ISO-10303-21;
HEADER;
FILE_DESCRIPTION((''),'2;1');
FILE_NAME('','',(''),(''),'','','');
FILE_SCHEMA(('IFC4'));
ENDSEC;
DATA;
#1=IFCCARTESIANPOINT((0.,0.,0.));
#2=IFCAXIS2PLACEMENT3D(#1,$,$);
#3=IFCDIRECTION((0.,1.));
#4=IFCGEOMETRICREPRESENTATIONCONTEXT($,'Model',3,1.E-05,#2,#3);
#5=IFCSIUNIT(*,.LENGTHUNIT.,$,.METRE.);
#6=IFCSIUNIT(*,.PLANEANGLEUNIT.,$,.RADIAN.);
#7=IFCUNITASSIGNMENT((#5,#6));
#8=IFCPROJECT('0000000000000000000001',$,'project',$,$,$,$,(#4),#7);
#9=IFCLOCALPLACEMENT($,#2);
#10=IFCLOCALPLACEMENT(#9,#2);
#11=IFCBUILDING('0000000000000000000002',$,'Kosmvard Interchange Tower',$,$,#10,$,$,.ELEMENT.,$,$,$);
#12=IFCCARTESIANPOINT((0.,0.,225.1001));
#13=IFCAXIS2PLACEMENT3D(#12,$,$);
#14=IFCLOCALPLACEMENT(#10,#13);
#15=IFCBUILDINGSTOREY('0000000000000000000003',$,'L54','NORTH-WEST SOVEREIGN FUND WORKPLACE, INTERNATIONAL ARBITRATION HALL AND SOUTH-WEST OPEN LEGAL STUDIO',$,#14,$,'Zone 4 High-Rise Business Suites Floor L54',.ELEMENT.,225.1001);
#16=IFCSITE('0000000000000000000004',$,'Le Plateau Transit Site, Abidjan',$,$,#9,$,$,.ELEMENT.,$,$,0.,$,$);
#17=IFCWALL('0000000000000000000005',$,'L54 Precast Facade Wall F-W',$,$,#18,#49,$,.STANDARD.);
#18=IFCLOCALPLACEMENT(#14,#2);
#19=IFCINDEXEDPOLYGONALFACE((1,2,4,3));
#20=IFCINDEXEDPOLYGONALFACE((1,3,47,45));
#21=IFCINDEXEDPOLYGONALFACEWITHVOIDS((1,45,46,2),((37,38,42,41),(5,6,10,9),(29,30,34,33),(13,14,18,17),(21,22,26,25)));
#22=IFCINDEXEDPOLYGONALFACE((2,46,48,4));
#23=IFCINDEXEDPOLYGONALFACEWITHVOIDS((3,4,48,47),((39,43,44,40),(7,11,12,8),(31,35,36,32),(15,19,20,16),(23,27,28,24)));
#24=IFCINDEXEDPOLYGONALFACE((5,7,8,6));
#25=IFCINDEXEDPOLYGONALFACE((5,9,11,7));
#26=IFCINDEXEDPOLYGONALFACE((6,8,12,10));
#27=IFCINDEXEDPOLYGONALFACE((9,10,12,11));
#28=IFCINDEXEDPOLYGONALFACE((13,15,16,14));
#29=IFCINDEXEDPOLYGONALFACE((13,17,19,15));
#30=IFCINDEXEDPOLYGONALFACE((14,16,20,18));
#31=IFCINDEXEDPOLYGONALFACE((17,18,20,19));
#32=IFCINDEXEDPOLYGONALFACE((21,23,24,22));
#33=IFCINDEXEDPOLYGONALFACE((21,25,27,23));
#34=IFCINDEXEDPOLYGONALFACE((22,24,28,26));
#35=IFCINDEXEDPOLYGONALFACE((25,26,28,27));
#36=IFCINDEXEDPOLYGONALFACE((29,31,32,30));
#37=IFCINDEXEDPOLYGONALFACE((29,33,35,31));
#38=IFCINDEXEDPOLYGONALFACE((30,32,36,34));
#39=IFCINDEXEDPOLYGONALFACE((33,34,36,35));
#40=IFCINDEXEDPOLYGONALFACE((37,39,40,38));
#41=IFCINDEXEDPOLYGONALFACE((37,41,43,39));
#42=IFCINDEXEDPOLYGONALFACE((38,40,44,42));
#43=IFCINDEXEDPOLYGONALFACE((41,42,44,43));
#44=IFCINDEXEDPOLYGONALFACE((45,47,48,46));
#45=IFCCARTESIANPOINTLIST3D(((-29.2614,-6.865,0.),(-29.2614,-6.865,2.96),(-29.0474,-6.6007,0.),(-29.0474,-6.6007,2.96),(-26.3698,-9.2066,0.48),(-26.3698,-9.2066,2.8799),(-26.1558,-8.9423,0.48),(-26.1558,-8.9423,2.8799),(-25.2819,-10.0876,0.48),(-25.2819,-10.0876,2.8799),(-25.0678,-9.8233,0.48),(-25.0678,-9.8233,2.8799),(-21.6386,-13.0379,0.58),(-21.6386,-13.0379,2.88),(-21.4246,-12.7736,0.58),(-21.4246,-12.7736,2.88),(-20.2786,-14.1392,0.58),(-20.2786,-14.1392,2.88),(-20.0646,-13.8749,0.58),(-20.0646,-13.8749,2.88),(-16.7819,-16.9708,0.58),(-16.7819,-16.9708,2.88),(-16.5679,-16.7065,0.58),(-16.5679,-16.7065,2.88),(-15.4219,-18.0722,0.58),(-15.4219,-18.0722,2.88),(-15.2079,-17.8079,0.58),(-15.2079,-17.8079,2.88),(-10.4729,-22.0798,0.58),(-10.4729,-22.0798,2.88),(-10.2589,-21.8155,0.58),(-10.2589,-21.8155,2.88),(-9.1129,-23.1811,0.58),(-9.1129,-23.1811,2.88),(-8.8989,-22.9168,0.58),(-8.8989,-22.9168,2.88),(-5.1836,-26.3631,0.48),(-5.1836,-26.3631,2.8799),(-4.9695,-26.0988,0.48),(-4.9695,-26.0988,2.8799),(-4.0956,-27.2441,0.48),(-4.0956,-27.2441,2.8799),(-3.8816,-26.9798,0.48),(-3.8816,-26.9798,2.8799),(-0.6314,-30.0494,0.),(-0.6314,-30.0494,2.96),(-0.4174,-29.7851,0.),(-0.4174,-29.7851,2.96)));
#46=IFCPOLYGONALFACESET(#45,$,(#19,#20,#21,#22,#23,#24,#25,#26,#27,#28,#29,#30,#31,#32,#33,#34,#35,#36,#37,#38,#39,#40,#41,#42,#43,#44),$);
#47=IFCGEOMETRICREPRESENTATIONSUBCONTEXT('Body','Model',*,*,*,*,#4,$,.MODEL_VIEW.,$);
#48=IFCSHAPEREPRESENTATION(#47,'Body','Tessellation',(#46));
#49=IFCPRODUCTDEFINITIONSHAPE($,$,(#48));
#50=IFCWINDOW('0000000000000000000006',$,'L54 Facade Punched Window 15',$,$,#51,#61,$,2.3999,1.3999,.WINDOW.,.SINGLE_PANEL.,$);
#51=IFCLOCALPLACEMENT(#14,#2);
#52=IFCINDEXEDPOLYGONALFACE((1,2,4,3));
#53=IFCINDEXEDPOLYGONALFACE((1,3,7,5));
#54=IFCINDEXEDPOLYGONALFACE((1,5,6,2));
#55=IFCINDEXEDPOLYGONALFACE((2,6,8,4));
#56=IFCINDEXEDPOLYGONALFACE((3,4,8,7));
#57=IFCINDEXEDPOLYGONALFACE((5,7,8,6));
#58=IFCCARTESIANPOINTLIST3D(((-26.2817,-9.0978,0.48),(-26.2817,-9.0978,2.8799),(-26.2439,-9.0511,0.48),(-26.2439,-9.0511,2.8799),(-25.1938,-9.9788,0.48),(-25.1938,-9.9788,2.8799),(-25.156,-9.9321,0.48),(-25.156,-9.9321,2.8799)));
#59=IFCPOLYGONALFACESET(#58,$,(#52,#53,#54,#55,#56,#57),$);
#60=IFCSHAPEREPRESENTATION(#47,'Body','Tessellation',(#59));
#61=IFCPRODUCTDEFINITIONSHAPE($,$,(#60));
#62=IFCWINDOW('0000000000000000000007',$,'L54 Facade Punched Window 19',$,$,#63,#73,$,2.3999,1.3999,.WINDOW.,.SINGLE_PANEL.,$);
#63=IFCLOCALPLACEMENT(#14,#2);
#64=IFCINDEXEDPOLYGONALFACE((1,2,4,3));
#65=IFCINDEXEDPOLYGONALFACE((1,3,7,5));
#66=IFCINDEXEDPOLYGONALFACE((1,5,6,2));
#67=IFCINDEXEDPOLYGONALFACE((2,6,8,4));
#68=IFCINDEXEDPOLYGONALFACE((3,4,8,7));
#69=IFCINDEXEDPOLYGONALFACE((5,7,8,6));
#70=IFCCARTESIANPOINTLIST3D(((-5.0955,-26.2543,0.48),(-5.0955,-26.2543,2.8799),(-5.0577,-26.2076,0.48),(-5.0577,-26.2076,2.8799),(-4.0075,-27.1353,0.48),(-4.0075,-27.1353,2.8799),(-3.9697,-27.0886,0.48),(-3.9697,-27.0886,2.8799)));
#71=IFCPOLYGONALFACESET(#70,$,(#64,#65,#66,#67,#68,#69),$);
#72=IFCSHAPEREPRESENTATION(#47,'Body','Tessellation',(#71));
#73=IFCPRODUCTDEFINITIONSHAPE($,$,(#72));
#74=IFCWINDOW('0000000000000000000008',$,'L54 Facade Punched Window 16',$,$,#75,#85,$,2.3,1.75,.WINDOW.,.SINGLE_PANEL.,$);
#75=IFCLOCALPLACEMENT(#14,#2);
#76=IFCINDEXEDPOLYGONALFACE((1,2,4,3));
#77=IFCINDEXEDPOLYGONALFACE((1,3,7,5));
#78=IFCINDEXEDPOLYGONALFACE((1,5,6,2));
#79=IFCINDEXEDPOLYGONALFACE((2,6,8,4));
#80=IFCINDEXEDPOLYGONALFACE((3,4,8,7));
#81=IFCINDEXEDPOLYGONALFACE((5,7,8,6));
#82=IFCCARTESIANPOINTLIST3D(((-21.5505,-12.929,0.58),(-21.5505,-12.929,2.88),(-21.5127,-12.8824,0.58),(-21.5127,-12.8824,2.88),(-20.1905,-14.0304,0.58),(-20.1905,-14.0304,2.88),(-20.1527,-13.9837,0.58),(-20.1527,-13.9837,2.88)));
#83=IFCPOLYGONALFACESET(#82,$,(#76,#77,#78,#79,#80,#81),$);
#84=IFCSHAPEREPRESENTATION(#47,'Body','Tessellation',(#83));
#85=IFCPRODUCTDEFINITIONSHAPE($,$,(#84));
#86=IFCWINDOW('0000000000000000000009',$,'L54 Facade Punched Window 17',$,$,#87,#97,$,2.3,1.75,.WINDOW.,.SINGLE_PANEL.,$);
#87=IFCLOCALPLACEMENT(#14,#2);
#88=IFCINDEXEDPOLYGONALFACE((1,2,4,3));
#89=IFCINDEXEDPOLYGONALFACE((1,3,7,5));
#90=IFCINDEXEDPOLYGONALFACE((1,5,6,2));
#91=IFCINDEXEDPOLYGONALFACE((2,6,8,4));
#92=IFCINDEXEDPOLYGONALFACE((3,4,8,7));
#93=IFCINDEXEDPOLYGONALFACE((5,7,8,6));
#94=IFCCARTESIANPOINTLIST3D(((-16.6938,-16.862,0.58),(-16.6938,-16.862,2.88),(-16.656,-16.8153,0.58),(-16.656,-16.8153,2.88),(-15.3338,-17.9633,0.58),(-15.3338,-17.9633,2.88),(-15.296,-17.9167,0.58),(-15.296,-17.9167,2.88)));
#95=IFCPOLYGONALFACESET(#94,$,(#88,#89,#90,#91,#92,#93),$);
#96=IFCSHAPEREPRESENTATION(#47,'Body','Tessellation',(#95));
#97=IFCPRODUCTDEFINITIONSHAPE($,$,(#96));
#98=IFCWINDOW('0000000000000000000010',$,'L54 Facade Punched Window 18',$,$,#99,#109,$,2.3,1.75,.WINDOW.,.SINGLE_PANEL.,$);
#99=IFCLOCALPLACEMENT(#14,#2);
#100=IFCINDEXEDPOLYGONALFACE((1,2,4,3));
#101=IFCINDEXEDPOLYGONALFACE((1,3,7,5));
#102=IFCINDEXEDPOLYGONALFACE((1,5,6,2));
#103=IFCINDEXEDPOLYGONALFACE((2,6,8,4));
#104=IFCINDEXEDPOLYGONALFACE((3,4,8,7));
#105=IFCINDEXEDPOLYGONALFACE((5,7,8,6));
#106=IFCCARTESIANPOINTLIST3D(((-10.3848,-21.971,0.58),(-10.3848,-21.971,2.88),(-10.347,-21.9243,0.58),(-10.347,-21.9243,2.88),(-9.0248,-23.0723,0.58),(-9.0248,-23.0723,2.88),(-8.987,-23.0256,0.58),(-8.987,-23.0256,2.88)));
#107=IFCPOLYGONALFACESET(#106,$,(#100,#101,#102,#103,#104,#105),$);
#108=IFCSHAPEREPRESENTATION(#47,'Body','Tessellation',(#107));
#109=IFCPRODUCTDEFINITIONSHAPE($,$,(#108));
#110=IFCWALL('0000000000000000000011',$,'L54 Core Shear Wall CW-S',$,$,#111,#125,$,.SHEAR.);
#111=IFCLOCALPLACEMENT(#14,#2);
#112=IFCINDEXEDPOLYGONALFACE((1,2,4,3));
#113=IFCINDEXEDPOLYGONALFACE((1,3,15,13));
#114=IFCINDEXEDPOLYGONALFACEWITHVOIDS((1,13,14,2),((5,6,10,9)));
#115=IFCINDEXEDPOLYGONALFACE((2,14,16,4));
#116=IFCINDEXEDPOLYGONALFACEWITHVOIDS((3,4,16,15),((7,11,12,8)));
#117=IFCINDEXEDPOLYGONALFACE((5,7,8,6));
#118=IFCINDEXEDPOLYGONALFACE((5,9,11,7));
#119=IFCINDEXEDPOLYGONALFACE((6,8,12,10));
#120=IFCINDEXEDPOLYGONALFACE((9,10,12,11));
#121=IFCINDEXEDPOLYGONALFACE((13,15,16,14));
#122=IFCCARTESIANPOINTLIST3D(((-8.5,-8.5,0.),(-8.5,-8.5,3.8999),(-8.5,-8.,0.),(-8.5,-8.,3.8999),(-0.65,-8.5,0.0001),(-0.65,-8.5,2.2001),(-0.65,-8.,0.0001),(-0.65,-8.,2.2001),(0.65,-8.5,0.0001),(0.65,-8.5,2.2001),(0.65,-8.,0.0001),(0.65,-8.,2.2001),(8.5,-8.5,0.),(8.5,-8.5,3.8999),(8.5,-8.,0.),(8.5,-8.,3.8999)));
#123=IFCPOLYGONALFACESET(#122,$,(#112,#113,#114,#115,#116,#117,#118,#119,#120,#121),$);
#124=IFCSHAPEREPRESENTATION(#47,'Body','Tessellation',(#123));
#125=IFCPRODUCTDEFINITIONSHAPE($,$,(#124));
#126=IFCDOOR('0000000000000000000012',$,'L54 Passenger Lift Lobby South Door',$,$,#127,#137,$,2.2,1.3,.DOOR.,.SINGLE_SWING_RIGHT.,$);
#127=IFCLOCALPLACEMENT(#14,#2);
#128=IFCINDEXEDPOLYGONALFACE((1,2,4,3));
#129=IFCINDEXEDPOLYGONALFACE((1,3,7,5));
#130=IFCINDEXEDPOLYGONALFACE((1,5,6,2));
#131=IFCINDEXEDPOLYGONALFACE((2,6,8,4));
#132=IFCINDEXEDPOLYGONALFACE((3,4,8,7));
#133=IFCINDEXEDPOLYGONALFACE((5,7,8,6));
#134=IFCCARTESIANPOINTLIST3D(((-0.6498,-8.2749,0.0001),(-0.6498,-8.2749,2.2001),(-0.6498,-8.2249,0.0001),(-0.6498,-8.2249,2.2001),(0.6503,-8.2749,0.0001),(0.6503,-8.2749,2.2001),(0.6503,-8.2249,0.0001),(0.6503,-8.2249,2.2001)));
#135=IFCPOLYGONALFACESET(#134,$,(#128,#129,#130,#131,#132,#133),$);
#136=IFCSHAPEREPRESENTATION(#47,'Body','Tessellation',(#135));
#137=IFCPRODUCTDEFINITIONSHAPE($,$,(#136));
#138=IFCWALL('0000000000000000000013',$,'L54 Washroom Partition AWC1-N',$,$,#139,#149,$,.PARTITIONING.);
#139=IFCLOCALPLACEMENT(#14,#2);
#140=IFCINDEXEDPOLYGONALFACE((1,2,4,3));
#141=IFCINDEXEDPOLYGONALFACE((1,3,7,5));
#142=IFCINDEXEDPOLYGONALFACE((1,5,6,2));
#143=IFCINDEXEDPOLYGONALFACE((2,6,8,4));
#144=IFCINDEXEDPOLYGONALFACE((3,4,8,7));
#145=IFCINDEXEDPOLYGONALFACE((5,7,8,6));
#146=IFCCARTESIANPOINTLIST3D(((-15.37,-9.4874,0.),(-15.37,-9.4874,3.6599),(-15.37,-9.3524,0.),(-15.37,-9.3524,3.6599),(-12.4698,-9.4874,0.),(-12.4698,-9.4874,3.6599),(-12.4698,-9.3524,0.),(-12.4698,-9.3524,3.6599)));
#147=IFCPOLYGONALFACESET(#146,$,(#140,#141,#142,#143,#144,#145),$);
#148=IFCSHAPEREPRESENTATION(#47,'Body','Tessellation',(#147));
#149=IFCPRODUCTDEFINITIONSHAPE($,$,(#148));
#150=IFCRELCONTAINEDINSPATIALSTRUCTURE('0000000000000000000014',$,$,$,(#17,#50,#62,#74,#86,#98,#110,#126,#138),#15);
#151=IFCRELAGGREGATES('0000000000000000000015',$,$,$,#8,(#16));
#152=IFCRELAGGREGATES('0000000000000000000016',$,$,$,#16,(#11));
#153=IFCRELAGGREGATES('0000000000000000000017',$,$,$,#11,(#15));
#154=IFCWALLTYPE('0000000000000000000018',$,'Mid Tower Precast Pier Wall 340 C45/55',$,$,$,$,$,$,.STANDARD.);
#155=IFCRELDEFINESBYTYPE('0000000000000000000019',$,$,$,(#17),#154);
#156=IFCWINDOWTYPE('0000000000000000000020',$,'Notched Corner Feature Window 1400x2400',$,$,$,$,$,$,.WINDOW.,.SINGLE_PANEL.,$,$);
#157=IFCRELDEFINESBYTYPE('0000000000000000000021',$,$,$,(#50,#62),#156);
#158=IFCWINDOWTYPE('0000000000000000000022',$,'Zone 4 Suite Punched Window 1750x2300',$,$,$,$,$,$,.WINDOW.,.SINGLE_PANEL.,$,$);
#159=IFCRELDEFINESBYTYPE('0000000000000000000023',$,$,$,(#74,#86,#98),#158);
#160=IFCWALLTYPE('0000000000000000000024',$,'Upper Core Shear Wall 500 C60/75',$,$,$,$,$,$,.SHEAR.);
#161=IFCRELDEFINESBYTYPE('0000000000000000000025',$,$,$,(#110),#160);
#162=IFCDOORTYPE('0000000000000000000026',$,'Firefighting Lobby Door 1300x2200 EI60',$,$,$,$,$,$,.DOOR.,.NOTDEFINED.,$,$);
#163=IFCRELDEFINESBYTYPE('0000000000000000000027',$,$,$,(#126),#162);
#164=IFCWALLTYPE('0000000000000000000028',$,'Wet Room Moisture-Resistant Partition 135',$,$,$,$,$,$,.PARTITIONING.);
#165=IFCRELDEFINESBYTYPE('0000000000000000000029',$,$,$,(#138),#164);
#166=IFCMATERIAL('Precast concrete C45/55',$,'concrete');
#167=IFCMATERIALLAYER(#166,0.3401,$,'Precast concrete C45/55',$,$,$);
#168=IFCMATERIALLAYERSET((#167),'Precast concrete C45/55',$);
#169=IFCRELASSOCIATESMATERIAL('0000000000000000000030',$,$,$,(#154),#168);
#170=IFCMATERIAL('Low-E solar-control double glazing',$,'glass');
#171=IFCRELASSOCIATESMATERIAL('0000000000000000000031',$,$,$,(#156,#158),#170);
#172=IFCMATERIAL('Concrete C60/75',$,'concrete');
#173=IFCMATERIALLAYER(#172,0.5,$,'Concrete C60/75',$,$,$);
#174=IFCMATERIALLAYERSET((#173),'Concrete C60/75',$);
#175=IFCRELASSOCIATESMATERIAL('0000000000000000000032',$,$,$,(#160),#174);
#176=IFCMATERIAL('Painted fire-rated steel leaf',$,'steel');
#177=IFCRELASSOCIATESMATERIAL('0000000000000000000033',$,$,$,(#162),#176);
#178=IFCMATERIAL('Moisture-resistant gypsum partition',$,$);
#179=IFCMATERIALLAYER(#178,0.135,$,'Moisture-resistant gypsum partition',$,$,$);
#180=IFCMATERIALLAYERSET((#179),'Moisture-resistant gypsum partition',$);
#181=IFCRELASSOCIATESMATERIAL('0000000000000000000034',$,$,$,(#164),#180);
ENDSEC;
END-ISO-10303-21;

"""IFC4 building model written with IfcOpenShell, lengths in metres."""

from ifc_helpers import new_model, si_unit, direction, frame, frame_2d, origin, place, context, subcontext, project, spatial, rectangle, extrude, source, transform, mapped, material, layer, layer_set, type_object, element, fill, save


model = new_model("IFC4")

# Units and contexts
model_context = context("Model", 3, precision=1e-05, world=origin(), true_north=direction((0.0, 1.0)))
body_context = subcontext(model_context, "Body", "Model", "MODEL_VIEW")
ifc_project = project(units=[si_unit("LENGTHUNIT", "METRE"), si_unit("PLANEANGLEUNIT", "RADIAN")], contexts=[model_context])

# Site, building, storey
site_placement = place(None, origin())
site = spatial("IfcSite", under=ifc_project, at=site_placement, Name="Le Plateau Transit Site, Abidjan", CompositionType="ELEMENT", RefElevation=0.0)
building_placement = place(site_placement, origin())
building = spatial("IfcBuilding", under=site, at=building_placement, Name="Kosmvard Interchange Tower", CompositionType="ELEMENT")
storey_placement = place(building_placement, frame((0.0, 0.0, 225.1001)))
storey = spatial("IfcBuildingStorey", under=building, at=storey_placement, Name="L54", Description="NORTH-WEST SOVEREIGN FUND WORKPLACE, INTERNATIONAL ARBITRATION HALL AND SOUTH-WEST OPEN LEGAL STUDIO", LongName="Zone 4 High-Rise Business Suites Floor L54", CompositionType="ELEMENT", Elevation=225.1001)

# Shared definitions
ifc_material_1 = material(Name="Concrete C60/75", Category="concrete")

# Shared definitions
ifc_material_2 = material(Name="Precast concrete C45/55", Category="concrete")
ifc_layer_1 = layer(ifc_material_2, 0.3401, Name="Precast concrete C45/55")
ifc_layer_set_1 = layer_set([ifc_layer_1], Name="Precast concrete C45/55")
wall_type_1 = type_object("IfcWallType", Name="Mid Tower Precast Pier Wall 340 C45/55", PredefinedType="STANDARD", material=ifc_layer_set_1)

# Shared definitions
ifc_material_3 = material(Name="Low-E solar-control double glazing", Category="glass")
window_type_1 = type_object("IfcWindowType", Name="Notched Corner Feature Window 1400x2400", PartitioningType="SINGLE_PANEL", PredefinedType="WINDOW", material=ifc_material_3)
shared_shape_1 = source(origin(), body_context, "Body", "SweptSolid", [
    extrude(rectangle(XDim=1.3999, YDim=2.3999, at=frame_2d((0.7, 1.2))), frame((0.0, 0.03, 0.0), z_axis=(0.0, -1.0, 0.0), x_axis=(1.0, 0.0, 0.0)), (0.0, 0.0, 1.0), 0.0601),
])

# Wall, openings, windows
wall_1_placement = place(storey_placement, frame((-29.1543, -6.7329, 0.0), z_axis=(0.0, 0.0, 1.0), x_axis=(0.777142, -0.629325, 0.0)))
wall_1 = element("IfcWall", 1, at=wall_1_placement, inside=storey, type_object=wall_type_1, Name="L54 Precast Facade Wall F-W", PredefinedType="STANDARD", context=body_context, shape_type="SweptSolid", body=[
    extrude(rectangle(XDim=36.8401, YDim=0.3401, at=frame_2d((18.4199, 0.0))), origin(), (0.0, 0.0, 1.0), 2.96),
])
opening_1_placement = place(wall_1_placement, frame((3.7207, 0.0, 0.48)))
opening_1 = element("IfcOpeningElement", 2, at=opening_1_placement, cuts=wall_1, PredefinedType="OPENING", context=body_context, shape_type="SweptSolid", body=[
    extrude(rectangle(XDim=1.3999, YDim=2.3999, at=frame_2d((0.7, 1.2))), frame((0.0, 0.1802, 0.0), z_axis=(0.0, -1.0, 0.0), x_axis=(1.0, 0.0, 0.0)), (0.0, 0.0, 1.0), 0.3601),
])
opening_2_placement = place(wall_1_placement, frame((9.8086, 0.0, 0.5801)))
opening_2 = element("IfcOpeningElement", 3, at=opening_2_placement, cuts=wall_1, PredefinedType="OPENING", context=body_context, shape_type="SweptSolid", body=[
    extrude(rectangle(XDim=1.75, YDim=2.3, at=frame_2d((0.875, 1.1499))), frame((0.0, 0.1802, 0.0), z_axis=(0.0, -1.0, 0.0), x_axis=(1.0, 0.0, 0.0)), (0.0, 0.0, 1.0), 0.3601),
])
opening_3_placement = place(wall_1_placement, frame((16.0581, 0.0, 0.5801)))
opening_3 = element("IfcOpeningElement", 4, at=opening_3_placement, cuts=wall_1, PredefinedType="OPENING", context=body_context, shape_type="SweptSolid", body=[
    extrude(rectangle(XDim=1.75, YDim=2.3, at=frame_2d((0.875, 1.1499))), frame((0.0, 0.1802, 0.0), z_axis=(0.0, -1.0, 0.0), x_axis=(1.0, 0.0, 0.0)), (0.0, 0.0, 1.0), 0.3601),
])
opening_4_placement = place(wall_1_placement, frame((24.1763, 0.0, 0.5801)))
opening_4 = element("IfcOpeningElement", 5, at=opening_4_placement, cuts=wall_1, PredefinedType="OPENING", context=body_context, shape_type="SweptSolid", body=[
    extrude(rectangle(XDim=1.75, YDim=2.3, at=frame_2d((0.875, 1.1499))), frame((0.0, 0.1802, 0.0), z_axis=(0.0, -1.0, 0.0), x_axis=(1.0, 0.0, 0.0)), (0.0, 0.0, 1.0), 0.3601),
])
opening_5_placement = place(wall_1_placement, frame((30.9824, 0.0, 0.48)))
opening_5 = element("IfcOpeningElement", 6, at=opening_5_placement, cuts=wall_1, PredefinedType="OPENING", context=body_context, shape_type="SweptSolid", body=[
    extrude(rectangle(XDim=1.3999, YDim=2.3999, at=frame_2d((0.7, 1.2))), frame((0.0, 0.1802, 0.0), z_axis=(0.0, -1.0, 0.0), x_axis=(1.0, 0.0, 0.0)), (0.0, 0.0, 1.0), 0.3601),
])
window_1_placement = place(opening_1_placement, origin())
window_1 = element("IfcWindow", 7, at=window_1_placement, inside=storey, type_object=window_type_1, Name="L54 Facade Punched Window 15", OverallHeight=2.3999, OverallWidth=1.3999, PartitioningType="SINGLE_PANEL", PredefinedType="WINDOW", context=body_context, shape_type="MappedRepresentation", body=[
    mapped(shared_shape_1, transform((0.0, 0.0, 0.0), scale=1.0)),
])
fill(opening_1, window_1)
window_2_placement = place(opening_5_placement, origin())
window_2 = element("IfcWindow", 8, at=window_2_placement, inside=storey, type_object=window_type_1, Name="L54 Facade Punched Window 19", OverallHeight=2.3999, OverallWidth=1.3999, PartitioningType="SINGLE_PANEL", PredefinedType="WINDOW", context=body_context, shape_type="MappedRepresentation", body=[
    mapped(shared_shape_1, transform((0.0, 0.0, 0.0), scale=1.0)),
])
fill(opening_5, window_2)
window_type_2 = type_object("IfcWindowType", Name="Zone 4 Suite Punched Window 1750x2300", PartitioningType="SINGLE_PANEL", PredefinedType="WINDOW", material=ifc_material_3)
shared_shape_2 = source(origin(), body_context, "Body", "SweptSolid", [
    extrude(rectangle(XDim=1.75, YDim=2.3, at=frame_2d((0.875, 1.1499))), frame((0.0, 0.03, 0.0), z_axis=(0.0, -1.0, 0.0), x_axis=(1.0, 0.0, 0.0)), (0.0, 0.0, 1.0), 0.0601),
])
window_3_placement = place(opening_2_placement, origin())
window_3 = element("IfcWindow", 9, at=window_3_placement, inside=storey, type_object=window_type_2, Name="L54 Facade Punched Window 16", OverallHeight=2.3, OverallWidth=1.75, PartitioningType="SINGLE_PANEL", PredefinedType="WINDOW", context=body_context, shape_type="MappedRepresentation", body=[
    mapped(shared_shape_2, transform((0.0, 0.0, 0.0), scale=1.0)),
])
fill(opening_2, window_3)
window_4_placement = place(opening_3_placement, origin())
window_4 = element("IfcWindow", 10, at=window_4_placement, inside=storey, type_object=window_type_2, Name="L54 Facade Punched Window 17", OverallHeight=2.3, OverallWidth=1.75, PartitioningType="SINGLE_PANEL", PredefinedType="WINDOW", context=body_context, shape_type="MappedRepresentation", body=[
    mapped(shared_shape_2, transform((0.0, 0.0, 0.0), scale=1.0)),
])
fill(opening_3, window_4)
window_5_placement = place(opening_4_placement, origin())
window_5 = element("IfcWindow", 11, at=window_5_placement, inside=storey, type_object=window_type_2, Name="L54 Facade Punched Window 18", OverallHeight=2.3, OverallWidth=1.75, PartitioningType="SINGLE_PANEL", PredefinedType="WINDOW", context=body_context, shape_type="MappedRepresentation", body=[
    mapped(shared_shape_2, transform((0.0, 0.0, 0.0), scale=1.0)),
])
fill(opening_4, window_5)

# Wall, opening, door
ifc_layer_2 = layer(ifc_material_1, 0.5, Name="Concrete C60/75")
ifc_layer_set_2 = layer_set([ifc_layer_2], Name="Concrete C60/75")
wall_type_2 = type_object("IfcWallType", Name="Upper Core Shear Wall 500 C60/75", PredefinedType="SHEAR", material=ifc_layer_set_2)
wall_2_placement = place(storey_placement, frame((-8.5, -8.25, 0.0), z_axis=(0.0, 0.0, 1.0), x_axis=(1.0, 0.0, 0.0)))
wall_2 = element("IfcWall", 12, at=wall_2_placement, inside=storey, type_object=wall_type_2, Name="L54 Core Shear Wall CW-S", PredefinedType="SHEAR", context=body_context, shape_type="SweptSolid", body=[
    extrude(rectangle(XDim=17.0, YDim=0.5, at=frame_2d((8.5, 0.0))), origin(), (0.0, 0.0, 1.0), 3.8999),
])
opening_6_placement = place(wall_2_placement, frame((7.8501, 0.0, 0.0)))
opening_6 = element("IfcOpeningElement", 13, at=opening_6_placement, cuts=wall_2, PredefinedType="OPENING", context=body_context, shape_type="SweptSolid", body=[
    extrude(rectangle(XDim=1.3, YDim=2.2, at=frame_2d((0.6499, 1.1001))), frame((0.0, 0.26, 0.0), z_axis=(0.0, -1.0, 0.0), x_axis=(1.0, 0.0, 0.0)), (0.0, 0.0, 1.0), 0.52),
])
ifc_material_4 = material(Name="Painted fire-rated steel leaf", Category="steel")
door_type = type_object("IfcDoorType", Name="Firefighting Lobby Door 1300x2200 EI60", OperationType="NOTDEFINED", PredefinedType="DOOR", material=ifc_material_4)
shared_shape_3 = source(origin(), body_context, "Body", "SweptSolid", [
    extrude(rectangle(XDim=1.3, YDim=2.2, at=frame_2d((0.6499, 1.1001))), frame((0.0, 0.0249, 0.0), z_axis=(0.0, -1.0, 0.0), x_axis=(1.0, 0.0, 0.0)), (0.0, 0.0, 1.0), 0.05),
])
door_placement = place(opening_6_placement, frame((1.3, 0.0, 0.0), z_axis=(0.0, 0.0, 1.0), x_axis=(-1.0, 0.0, 0.0)))
door = element("IfcDoor", 14, at=door_placement, inside=storey, type_object=door_type, Name="L54 Passenger Lift Lobby South Door", OperationType="SINGLE_SWING_RIGHT", OverallHeight=2.2, OverallWidth=1.3, PredefinedType="DOOR", context=body_context, shape_type="MappedRepresentation", body=[
    mapped(shared_shape_3, transform((0.0, 0.0, 0.0), scale=1.0)),
])
fill(opening_6, door)

# Wall
ifc_material_5 = material(Name="Moisture-resistant gypsum partition")
ifc_layer_3 = layer(ifc_material_5, 0.135, Name="Moisture-resistant gypsum partition")
ifc_layer_set_3 = layer_set([ifc_layer_3], Name="Moisture-resistant gypsum partition")
wall_type_3 = type_object("IfcWallType", Name="Wet Room Moisture-Resistant Partition 135", PredefinedType="PARTITIONING", material=ifc_layer_set_3)
wall_3_placement = place(storey_placement, frame((-15.3701, -9.4199, 0.0), z_axis=(0.0, 0.0, 1.0), x_axis=(1.0, 0.0, 0.0)))
element("IfcWall", 15, at=wall_3_placement, inside=storey, type_object=wall_type_3, Name="L54 Washroom Partition AWC1-N", PredefinedType="PARTITIONING", context=body_context, shape_type="SweptSolid", body=[
    extrude(rectangle(XDim=2.9001, YDim=0.135, at=frame_2d((1.4502, 0.0))), origin(), (0.0, 0.0, 1.0), 3.6599),
])

save(model, "model.ifc")
